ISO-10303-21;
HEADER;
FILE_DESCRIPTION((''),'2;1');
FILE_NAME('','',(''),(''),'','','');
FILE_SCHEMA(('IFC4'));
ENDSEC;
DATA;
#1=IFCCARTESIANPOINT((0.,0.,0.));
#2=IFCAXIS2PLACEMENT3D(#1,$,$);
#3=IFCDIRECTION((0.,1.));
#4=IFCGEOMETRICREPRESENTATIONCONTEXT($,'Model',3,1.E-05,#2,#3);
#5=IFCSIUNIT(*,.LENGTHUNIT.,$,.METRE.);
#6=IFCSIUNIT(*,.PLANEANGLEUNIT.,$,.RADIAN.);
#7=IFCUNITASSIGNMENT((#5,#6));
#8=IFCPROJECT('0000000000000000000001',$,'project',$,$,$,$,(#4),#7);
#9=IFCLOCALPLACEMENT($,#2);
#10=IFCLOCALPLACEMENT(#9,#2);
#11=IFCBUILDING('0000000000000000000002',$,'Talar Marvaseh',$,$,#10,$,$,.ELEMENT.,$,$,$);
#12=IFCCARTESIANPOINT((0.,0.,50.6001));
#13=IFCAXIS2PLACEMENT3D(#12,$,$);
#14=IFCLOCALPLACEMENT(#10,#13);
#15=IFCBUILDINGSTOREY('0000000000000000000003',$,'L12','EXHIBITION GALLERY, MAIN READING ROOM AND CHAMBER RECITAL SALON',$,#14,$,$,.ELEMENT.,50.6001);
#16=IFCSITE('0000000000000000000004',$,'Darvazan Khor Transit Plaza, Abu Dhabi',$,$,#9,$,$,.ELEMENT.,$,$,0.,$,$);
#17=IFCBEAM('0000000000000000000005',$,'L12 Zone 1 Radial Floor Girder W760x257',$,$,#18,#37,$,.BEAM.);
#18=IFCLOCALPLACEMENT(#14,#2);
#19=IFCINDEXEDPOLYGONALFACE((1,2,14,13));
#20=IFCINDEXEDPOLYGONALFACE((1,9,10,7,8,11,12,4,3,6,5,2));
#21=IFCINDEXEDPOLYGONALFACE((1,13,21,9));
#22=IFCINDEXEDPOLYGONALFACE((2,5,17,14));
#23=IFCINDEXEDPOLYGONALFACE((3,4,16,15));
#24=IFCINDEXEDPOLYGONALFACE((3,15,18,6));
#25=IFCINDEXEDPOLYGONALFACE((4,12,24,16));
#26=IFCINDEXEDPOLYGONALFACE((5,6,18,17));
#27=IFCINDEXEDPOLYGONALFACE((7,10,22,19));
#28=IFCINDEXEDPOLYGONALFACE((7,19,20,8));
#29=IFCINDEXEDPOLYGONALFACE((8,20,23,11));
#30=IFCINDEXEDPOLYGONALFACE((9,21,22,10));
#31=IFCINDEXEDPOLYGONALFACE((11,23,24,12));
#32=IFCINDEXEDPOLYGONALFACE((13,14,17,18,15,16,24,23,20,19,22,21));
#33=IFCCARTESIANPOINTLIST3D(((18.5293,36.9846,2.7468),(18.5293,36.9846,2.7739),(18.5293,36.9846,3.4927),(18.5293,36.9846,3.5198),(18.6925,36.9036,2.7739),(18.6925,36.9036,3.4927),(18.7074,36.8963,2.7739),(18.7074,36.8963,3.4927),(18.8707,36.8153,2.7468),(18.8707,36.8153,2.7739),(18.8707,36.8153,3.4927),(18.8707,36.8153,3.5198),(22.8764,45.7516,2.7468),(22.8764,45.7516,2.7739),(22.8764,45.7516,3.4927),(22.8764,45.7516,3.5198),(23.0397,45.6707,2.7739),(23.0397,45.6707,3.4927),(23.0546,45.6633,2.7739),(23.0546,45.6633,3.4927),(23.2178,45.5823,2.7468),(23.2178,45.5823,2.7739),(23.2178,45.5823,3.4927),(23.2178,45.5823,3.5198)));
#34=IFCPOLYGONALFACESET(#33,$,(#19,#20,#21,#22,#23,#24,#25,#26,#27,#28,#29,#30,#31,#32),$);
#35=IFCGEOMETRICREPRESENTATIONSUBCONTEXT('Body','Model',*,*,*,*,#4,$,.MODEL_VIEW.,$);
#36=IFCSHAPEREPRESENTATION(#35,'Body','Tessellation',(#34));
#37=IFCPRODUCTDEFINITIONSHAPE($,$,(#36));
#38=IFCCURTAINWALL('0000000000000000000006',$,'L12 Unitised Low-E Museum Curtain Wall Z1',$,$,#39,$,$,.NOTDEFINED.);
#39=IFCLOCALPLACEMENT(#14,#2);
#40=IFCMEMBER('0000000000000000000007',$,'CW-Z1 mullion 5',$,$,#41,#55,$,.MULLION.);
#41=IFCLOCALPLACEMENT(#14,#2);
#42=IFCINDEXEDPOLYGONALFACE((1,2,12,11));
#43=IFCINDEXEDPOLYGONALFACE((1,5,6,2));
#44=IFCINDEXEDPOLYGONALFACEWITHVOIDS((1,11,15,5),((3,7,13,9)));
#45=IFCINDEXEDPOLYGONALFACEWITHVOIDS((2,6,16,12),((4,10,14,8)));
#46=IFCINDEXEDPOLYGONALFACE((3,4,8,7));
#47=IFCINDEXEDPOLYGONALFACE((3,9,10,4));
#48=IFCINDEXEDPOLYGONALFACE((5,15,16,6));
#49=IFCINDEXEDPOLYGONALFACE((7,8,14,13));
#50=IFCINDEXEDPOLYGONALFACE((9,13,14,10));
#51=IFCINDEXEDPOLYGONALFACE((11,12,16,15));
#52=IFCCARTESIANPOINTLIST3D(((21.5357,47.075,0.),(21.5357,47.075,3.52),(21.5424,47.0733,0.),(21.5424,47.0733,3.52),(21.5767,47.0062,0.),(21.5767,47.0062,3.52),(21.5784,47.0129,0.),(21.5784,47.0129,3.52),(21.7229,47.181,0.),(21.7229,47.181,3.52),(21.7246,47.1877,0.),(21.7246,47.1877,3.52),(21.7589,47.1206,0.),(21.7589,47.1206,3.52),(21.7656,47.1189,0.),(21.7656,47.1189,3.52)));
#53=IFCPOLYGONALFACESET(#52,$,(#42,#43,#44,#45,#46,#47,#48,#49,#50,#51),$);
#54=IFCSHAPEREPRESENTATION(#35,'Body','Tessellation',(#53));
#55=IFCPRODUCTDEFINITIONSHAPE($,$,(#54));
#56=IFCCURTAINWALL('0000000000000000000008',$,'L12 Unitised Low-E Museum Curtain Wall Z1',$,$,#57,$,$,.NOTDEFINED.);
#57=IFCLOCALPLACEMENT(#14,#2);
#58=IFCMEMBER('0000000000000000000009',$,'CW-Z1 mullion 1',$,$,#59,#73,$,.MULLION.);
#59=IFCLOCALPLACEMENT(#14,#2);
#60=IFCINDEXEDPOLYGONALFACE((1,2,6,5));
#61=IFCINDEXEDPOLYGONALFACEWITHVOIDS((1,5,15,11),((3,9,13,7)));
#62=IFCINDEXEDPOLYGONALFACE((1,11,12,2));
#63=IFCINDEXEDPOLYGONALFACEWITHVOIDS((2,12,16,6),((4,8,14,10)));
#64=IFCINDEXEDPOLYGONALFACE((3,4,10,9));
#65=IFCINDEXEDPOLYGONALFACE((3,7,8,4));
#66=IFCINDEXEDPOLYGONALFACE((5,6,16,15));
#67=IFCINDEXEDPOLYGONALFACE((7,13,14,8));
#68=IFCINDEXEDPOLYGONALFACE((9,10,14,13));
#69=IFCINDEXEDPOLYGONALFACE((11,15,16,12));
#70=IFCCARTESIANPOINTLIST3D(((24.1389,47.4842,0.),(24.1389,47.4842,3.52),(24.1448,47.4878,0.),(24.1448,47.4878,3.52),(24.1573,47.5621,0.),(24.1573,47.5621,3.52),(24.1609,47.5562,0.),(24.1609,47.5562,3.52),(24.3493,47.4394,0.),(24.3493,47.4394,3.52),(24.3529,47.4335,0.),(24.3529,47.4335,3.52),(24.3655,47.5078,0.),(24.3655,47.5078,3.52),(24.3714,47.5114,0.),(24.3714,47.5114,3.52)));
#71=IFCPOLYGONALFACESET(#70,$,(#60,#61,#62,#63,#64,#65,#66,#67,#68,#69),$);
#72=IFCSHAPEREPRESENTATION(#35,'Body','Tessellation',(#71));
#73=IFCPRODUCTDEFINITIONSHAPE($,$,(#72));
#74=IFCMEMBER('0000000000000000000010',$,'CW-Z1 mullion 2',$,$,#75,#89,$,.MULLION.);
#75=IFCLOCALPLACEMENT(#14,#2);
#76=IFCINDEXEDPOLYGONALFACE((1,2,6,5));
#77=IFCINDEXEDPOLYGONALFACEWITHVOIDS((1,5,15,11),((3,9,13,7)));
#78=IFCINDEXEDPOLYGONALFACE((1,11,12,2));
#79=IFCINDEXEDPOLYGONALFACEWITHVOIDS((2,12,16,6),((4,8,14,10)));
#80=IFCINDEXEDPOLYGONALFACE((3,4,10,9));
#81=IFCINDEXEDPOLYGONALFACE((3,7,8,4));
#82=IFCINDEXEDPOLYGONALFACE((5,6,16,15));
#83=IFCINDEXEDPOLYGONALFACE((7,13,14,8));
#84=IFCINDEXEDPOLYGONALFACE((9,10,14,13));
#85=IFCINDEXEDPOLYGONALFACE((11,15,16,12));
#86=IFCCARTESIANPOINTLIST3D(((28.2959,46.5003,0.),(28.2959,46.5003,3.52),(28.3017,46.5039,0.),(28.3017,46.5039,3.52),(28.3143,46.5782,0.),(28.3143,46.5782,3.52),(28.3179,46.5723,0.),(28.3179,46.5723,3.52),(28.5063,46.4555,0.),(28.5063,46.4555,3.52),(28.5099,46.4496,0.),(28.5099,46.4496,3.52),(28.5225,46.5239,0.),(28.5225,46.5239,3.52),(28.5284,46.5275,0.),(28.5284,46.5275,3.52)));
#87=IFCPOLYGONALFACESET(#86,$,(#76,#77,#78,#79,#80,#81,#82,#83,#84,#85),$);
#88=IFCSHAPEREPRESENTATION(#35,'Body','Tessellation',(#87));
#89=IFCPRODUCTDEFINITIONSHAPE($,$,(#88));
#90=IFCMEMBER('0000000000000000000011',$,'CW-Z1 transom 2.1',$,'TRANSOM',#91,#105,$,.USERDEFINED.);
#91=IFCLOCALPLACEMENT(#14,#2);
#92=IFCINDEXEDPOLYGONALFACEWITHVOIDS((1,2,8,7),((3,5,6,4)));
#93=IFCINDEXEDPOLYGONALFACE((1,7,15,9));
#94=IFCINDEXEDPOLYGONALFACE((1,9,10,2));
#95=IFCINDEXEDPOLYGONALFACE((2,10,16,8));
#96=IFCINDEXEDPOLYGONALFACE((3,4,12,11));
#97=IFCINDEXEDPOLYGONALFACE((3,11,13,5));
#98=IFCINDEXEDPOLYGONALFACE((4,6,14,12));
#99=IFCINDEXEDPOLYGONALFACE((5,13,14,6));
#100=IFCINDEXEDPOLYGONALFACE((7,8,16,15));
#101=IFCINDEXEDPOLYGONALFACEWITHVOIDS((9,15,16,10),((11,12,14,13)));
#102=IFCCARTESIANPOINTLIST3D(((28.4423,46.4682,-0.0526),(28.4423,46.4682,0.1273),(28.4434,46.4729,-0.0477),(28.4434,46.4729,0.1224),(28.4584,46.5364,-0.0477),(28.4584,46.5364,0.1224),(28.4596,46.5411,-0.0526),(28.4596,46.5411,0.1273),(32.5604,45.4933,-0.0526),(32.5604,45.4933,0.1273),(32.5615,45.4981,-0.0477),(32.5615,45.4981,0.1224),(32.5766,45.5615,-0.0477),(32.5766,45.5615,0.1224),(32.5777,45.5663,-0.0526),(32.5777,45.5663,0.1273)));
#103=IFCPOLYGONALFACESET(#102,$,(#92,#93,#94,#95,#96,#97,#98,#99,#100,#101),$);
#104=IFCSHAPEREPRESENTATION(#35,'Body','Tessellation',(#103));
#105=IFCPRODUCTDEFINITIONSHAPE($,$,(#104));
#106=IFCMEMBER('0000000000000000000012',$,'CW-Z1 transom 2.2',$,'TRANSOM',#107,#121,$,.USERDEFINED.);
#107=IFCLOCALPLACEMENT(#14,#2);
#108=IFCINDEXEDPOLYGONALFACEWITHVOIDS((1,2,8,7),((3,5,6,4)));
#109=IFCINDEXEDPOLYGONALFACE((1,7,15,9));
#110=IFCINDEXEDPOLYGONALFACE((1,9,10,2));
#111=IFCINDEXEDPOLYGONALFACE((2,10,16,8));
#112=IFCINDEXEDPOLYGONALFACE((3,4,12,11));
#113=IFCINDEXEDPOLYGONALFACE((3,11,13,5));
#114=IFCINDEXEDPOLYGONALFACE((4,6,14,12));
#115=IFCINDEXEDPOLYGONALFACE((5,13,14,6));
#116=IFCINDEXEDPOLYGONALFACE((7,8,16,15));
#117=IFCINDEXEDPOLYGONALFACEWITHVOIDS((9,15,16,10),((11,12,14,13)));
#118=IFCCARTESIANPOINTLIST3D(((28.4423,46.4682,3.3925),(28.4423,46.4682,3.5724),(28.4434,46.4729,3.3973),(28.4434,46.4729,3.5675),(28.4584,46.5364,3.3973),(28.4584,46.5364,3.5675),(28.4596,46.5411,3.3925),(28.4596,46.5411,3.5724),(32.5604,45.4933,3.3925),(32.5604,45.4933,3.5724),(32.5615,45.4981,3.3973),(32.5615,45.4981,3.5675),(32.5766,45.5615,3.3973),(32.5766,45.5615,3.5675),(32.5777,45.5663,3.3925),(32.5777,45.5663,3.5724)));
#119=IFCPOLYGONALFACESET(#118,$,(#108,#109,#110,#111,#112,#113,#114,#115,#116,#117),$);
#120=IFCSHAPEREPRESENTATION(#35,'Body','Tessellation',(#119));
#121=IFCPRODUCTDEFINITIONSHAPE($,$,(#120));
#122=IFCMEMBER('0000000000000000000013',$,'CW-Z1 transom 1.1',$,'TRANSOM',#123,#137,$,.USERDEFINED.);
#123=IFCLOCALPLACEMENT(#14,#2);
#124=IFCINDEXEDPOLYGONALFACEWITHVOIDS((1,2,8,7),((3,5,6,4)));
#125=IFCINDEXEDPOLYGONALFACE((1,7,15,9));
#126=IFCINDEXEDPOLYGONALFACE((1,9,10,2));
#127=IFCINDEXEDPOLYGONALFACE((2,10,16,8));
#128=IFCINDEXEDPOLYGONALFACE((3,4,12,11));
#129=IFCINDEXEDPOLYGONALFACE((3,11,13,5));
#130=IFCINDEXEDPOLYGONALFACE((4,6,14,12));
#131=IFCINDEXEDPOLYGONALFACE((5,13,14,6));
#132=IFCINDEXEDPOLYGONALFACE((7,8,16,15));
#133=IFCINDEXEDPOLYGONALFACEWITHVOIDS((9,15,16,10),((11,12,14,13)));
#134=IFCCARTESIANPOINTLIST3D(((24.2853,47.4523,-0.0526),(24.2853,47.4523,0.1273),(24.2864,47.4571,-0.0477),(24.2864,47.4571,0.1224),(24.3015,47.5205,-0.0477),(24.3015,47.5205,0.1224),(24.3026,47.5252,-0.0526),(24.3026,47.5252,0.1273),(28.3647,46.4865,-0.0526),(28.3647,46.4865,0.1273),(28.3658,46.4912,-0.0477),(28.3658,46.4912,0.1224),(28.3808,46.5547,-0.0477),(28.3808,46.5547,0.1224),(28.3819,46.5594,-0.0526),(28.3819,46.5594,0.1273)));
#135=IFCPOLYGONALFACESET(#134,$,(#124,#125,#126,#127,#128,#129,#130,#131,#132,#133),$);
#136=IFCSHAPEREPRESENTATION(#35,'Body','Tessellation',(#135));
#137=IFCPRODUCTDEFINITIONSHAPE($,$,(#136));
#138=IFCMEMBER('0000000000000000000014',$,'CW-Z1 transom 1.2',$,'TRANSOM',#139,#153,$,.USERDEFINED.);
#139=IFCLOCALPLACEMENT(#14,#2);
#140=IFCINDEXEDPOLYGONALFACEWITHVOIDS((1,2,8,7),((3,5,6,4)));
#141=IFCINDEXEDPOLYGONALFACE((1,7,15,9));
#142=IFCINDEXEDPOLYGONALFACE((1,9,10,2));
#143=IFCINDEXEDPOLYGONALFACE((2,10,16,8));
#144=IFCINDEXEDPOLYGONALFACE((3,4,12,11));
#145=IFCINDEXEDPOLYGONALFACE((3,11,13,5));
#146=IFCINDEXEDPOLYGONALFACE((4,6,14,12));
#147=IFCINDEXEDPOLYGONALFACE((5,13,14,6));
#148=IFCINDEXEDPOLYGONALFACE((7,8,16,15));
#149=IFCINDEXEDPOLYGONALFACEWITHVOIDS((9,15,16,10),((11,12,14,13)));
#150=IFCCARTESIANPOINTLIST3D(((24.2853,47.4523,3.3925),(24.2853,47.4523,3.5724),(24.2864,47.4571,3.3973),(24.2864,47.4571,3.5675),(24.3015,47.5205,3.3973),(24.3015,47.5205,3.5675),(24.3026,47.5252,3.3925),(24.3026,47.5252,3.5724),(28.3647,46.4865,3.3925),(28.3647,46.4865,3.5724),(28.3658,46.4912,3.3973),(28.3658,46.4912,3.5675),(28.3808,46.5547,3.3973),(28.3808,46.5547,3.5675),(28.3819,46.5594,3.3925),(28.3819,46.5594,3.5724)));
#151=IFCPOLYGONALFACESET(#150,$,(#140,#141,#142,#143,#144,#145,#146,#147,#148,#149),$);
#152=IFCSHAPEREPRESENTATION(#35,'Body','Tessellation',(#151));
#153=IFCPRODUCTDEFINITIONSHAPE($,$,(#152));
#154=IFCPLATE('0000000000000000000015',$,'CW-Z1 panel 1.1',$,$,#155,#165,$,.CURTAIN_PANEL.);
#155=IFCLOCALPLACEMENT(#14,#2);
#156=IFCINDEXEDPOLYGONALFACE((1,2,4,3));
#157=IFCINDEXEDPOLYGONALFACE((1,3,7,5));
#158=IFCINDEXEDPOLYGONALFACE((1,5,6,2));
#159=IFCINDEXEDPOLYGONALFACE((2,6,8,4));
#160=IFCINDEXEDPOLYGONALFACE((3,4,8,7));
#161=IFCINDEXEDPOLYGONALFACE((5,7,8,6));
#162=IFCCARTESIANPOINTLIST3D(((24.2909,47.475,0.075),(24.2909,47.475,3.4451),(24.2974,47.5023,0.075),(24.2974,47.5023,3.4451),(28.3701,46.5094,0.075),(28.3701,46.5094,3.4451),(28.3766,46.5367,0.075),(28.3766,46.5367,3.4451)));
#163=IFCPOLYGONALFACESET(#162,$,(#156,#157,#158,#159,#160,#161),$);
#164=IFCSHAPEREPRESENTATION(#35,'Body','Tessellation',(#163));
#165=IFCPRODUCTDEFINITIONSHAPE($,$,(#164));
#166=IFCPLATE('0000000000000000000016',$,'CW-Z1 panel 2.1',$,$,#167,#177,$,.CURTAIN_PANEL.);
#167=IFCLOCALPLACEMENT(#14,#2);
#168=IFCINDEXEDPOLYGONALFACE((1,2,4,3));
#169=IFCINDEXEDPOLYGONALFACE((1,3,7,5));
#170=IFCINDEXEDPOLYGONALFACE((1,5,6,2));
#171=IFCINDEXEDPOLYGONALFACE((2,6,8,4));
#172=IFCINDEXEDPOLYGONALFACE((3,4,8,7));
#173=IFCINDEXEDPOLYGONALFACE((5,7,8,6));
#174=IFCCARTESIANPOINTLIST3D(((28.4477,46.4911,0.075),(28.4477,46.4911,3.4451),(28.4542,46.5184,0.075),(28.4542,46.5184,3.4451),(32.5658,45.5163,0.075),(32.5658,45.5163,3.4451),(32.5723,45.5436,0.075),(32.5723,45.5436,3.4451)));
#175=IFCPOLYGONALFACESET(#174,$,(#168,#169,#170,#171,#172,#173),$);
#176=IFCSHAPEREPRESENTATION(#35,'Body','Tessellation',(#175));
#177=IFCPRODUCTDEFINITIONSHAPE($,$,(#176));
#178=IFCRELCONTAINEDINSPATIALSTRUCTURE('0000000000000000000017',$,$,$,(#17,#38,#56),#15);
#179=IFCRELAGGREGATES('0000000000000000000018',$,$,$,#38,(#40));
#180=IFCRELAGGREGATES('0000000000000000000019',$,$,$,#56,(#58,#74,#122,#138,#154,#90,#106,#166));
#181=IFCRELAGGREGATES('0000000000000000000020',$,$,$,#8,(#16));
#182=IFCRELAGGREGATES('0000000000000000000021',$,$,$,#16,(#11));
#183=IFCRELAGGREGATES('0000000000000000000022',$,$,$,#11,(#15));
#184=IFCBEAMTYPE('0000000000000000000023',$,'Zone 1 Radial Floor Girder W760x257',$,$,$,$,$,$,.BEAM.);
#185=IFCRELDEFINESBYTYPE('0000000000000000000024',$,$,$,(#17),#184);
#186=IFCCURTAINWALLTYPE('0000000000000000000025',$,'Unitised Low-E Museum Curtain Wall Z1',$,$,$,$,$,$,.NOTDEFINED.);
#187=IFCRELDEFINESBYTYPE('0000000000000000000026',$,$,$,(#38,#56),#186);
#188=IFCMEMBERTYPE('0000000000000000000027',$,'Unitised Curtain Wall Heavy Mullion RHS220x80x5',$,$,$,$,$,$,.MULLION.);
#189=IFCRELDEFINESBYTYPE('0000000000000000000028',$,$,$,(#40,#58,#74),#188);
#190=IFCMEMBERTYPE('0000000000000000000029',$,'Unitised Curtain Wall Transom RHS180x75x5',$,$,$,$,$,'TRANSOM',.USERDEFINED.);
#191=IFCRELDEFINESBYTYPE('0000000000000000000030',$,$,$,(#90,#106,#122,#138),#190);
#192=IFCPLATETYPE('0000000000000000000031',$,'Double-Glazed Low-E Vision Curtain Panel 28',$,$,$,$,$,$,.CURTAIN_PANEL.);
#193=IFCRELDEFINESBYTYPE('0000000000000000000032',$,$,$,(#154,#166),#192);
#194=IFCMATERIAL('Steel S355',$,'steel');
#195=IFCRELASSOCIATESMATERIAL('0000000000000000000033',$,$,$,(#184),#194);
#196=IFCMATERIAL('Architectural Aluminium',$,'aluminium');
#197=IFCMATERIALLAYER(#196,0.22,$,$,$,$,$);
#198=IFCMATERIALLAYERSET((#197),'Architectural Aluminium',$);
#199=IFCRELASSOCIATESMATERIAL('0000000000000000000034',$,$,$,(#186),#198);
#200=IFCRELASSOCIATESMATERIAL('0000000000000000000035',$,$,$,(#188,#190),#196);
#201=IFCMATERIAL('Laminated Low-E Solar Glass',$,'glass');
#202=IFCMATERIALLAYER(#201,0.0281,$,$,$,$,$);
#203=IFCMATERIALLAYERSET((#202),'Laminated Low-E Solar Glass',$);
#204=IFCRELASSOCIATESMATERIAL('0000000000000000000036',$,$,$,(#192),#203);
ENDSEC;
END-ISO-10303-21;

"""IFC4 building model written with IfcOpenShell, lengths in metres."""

from ifc_helpers import new_model, si_unit, direction, frame, origin, origin_2d, place, context, subcontext, project, spatial, rectangle, hollow_rectangle, i_section, extrude, source, transform, mapped, material, layer, layer_set, material_profile, profile_set, type_object, type_shapes, element, aggregate, save


model = new_model("IFC4")

# Units and contexts
model_context = context("Model", 3, precision=1e-05, world=origin(), true_north=direction((0.0, 1.0)))
body_context = subcontext(model_context, "Body", "Model", "MODEL_VIEW")
ifc_project = project(units=[si_unit("LENGTHUNIT", "METRE"), si_unit("PLANEANGLEUNIT", "RADIAN")], contexts=[model_context])

# Site, building, storey
site_placement = place(None, origin())
site = spatial("IfcSite", under=ifc_project, at=site_placement, Name="Darvazan Khor Transit Plaza, Abu Dhabi", CompositionType="ELEMENT", RefElevation=0.0)
building_placement = place(site_placement, origin())
building = spatial("IfcBuilding", under=site, at=building_placement, Name="Talar Marvaseh", CompositionType="ELEMENT")
storey_placement = place(building_placement, frame((0.0, 0.0, 50.6001)))
storey = spatial("IfcBuildingStorey", under=building, at=storey_placement, Name="L12", Description="EXHIBITION GALLERY, MAIN READING ROOM AND CHAMBER RECITAL SALON", CompositionType="ELEMENT", Elevation=50.6001)

# Beam
ifc_material_1 = material(Name="Steel S355", Category="steel")
ifc_material_profile_1 = material_profile(ifc_material_1, i_section(OverallWidth=0.3811, OverallDepth=0.7729, WebThickness=0.0166, FlangeThickness=0.0271, at=origin_2d()), Name="W760x257")
ifc_profile_set_1 = profile_set([ifc_material_profile_1], Name="Steel S355")
beam_type = type_object("IfcBeamType", Name="Zone 1 Radial Floor Girder W760x257", PredefinedType="BEAM", material=ifc_profile_set_1)
beam_placement = place(storey_placement, frame((23.0471, 45.667, 3.1333), z_axis=(-0.444237, -0.895909, 0.0), x_axis=(0.895909, -0.444237, 0.0)))
element("IfcBeam", 1, at=beam_placement, inside=storey, type_object=beam_type, Name="L12 Zone 1 Radial Floor Girder W760x257", PredefinedType="BEAM", context=body_context, shape_type="SweptSolid", body=[
    extrude(i_section(OverallWidth=0.3811, OverallDepth=0.7729, WebThickness=0.0166, FlangeThickness=0.0271, at=origin_2d()), origin(), (0.0, 0.0, 1.0), 9.7856),
])

# Curtain wall, member
ifc_material_2 = material(Name="Architectural Aluminium", Category="aluminium")
ifc_layer_1 = layer(ifc_material_2, 0.22)
ifc_layer_set_1 = layer_set([ifc_layer_1], Name="Architectural Aluminium")
curtain_wall_type = type_object("IfcCurtainWallType", Name="Unitised Low-E Museum Curtain Wall Z1", PredefinedType="NOTDEFINED", material=ifc_layer_set_1)
curtain_wall_1_placement = place(storey_placement, origin())
curtain_wall_1 = element("IfcCurtainWall", 2, at=curtain_wall_1_placement, inside=storey, type_object=curtain_wall_type, Name="L12 Unitised Low-E Museum Curtain Wall Z1", PredefinedType="NOTDEFINED")
ifc_material_profile_2 = material_profile(ifc_material_2, hollow_rectangle(XDim=0.0801, YDim=0.22, WallThickness=0.0049, at=origin_2d()), Name="RHS220x80x5")
ifc_profile_set_2 = profile_set([ifc_material_profile_2], Name="Architectural Aluminium")
member_type_1 = type_object("IfcMemberType", Name="Unitised Curtain Wall Heavy Mullion RHS220x80x5", PredefinedType="MULLION", material=ifc_profile_set_2)
shared_shape_1 = source(origin(), body_context, "Body", "SweptSolid", [
    extrude(hollow_rectangle(XDim=0.0801, YDim=0.22, WallThickness=0.0049, at=origin_2d()), origin(), (0.0, 0.0, 1.0), 3.52),
])
type_shapes(member_type_1, [shared_shape_1])
member_1_placement = place(storey_placement, frame((21.6506, 47.0969, 0.0), z_axis=(0.0, 0.0, 1.0), x_axis=(-0.51231, 0.8588, 0.0)))
member_1 = element("IfcMember", 3, at=member_1_placement, type_object=member_type_1, Name="CW-Z1 mullion 5", PredefinedType="MULLION", context=body_context, shape_type="MappedRepresentation", body=[
    mapped(shared_shape_1, transform((0.0, 0.0, 0.0), x_axis=(1.0, 0.0, 0.0), y_axis=(0.0, 1.0, 0.0), z_axis=(0.0, 0.0, 1.0), scale=1.0)),
])
aggregate(curtain_wall_1, [member_1])

# Curtain wall, members, plates
curtain_wall_2_placement = place(storey_placement, origin())
curtain_wall_2 = element("IfcCurtainWall", 4, at=curtain_wall_2_placement, inside=storey, type_object=curtain_wall_type, Name="L12 Unitised Low-E Museum Curtain Wall Z1", PredefinedType="NOTDEFINED")
member_2_placement = place(storey_placement, frame((24.2551, 47.4978, 0.0), z_axis=(0.0, 0.0, 1.0), x_axis=(0.230352, 0.973107, 0.0)))
member_2 = element("IfcMember", 5, at=member_2_placement, type_object=member_type_1, Name="CW-Z1 mullion 1", PredefinedType="MULLION", context=body_context, shape_type="MappedRepresentation", body=[
    mapped(shared_shape_1, transform((0.0, 0.0, 0.0), x_axis=(1.0, 0.0, 0.0), y_axis=(0.0, 1.0, 0.0), z_axis=(0.0, 0.0, 1.0), scale=1.0)),
])
member_3_placement = place(storey_placement, frame((28.4121, 46.5139, 0.0), z_axis=(0.0, 0.0, 1.0), x_axis=(0.230352, 0.973107, 0.0)))
member_3 = element("IfcMember", 6, at=member_3_placement, type_object=member_type_1, Name="CW-Z1 mullion 2", PredefinedType="MULLION", context=body_context, shape_type="MappedRepresentation", body=[
    mapped(shared_shape_1, transform((0.0, 0.0, 0.0), x_axis=(1.0, 0.0, 0.0), y_axis=(0.0, 1.0, 0.0), z_axis=(0.0, 0.0, 1.0), scale=1.0)),
])
ifc_material_profile_3 = material_profile(ifc_material_2, hollow_rectangle(XDim=0.075, YDim=0.1799, WallThickness=0.0049, at=origin_2d()), Name="RHS180x75x5")
ifc_profile_set_3 = profile_set([ifc_material_profile_3], Name="Architectural Aluminium")
member_type_2 = type_object("IfcMemberType", Name="Unitised Curtain Wall Transom RHS180x75x5", ElementType="TRANSOM", PredefinedType="USERDEFINED", material=ifc_profile_set_3)
shared_shape_2 = source(origin(), body_context, "Body", "SweptSolid", [
    extrude(hollow_rectangle(XDim=0.075, YDim=0.1799, WallThickness=0.0049, at=origin_2d()), origin(), (0.0, 0.0, 1.0), 4.2319),
])
member_4_placement = place(storey_placement, frame((28.4509, 46.5046, 0.0374), z_axis=(0.973107, -0.230354, 0.0), x_axis=(0.230354, 0.973107, 0.0)))
member_4 = element("IfcMember", 7, at=member_4_placement, type_object=member_type_2, Name="CW-Z1 transom 2.1", ObjectType="TRANSOM", PredefinedType="USERDEFINED", context=body_context, shape_type="MappedRepresentation", body=[
    mapped(shared_shape_2, transform((0.0, 0.0, 0.0), x_axis=(1.0, 0.0, 0.0), y_axis=(0.0, 1.0, 0.0), z_axis=(0.0, 0.0, 1.0), scale=1.0)),
])
member_5_placement = place(storey_placement, frame((28.4509, 46.5046, 3.4824), z_axis=(0.973107, -0.230354, 0.0), x_axis=(0.230354, 0.973107, 0.0)))
member_5 = element("IfcMember", 8, at=member_5_placement, type_object=member_type_2, Name="CW-Z1 transom 2.2", ObjectType="TRANSOM", PredefinedType="USERDEFINED", context=body_context, shape_type="MappedRepresentation", body=[
    mapped(shared_shape_2, transform((0.0, 0.0, 0.0), x_axis=(1.0, 0.0, 0.0), y_axis=(0.0, 1.0, 0.0), z_axis=(0.0, 0.0, 1.0), scale=1.0)),
])
shared_shape_3 = source(origin(), body_context, "Body", "SweptSolid", [
    extrude(hollow_rectangle(XDim=0.075, YDim=0.1799, WallThickness=0.0049, at=origin_2d()), origin(), (0.0, 0.0, 1.0), 4.1921),
])
type_shapes(member_type_2, [shared_shape_2, shared_shape_3])
member_6_placement = place(storey_placement, frame((24.2939, 47.4888, 0.0374), z_axis=(0.973099, -0.230389, 0.0), x_axis=(0.230389, 0.973099, 0.0)))
member_6 = element("IfcMember", 9, at=member_6_placement, type_object=member_type_2, Name="CW-Z1 transom 1.1", ObjectType="TRANSOM", PredefinedType="USERDEFINED", context=body_context, shape_type="MappedRepresentation", body=[
    mapped(shared_shape_3, transform((0.0, 0.0, 0.0), x_axis=(1.0, 0.0, 0.0), y_axis=(0.0, 1.0, 0.0), z_axis=(0.0, 0.0, 1.0), scale=1.0)),
])
member_7_placement = place(storey_placement, frame((24.2939, 47.4888, 3.4824), z_axis=(0.973099, -0.230389, 0.0), x_axis=(0.230389, 0.973099, 0.0)))
member_7 = element("IfcMember", 10, at=member_7_placement, type_object=member_type_2, Name="CW-Z1 transom 1.2", ObjectType="TRANSOM", PredefinedType="USERDEFINED", context=body_context, shape_type="MappedRepresentation", body=[
    mapped(shared_shape_3, transform((0.0, 0.0, 0.0), x_axis=(1.0, 0.0, 0.0), y_axis=(0.0, 1.0, 0.0), z_axis=(0.0, 0.0, 1.0), scale=1.0)),
])
ifc_material_3 = material(Name="Laminated Low-E Solar Glass", Category="glass")
ifc_layer_2 = layer(ifc_material_3, 0.0281)
ifc_layer_set_2 = layer_set([ifc_layer_2], Name="Laminated Low-E Solar Glass")
plate_type = type_object("IfcPlateType", Name="Double-Glazed Low-E Vision Curtain Panel 28", PredefinedType="CURTAIN_PANEL", material=ifc_layer_set_2)
shared_shape_4 = source(origin(), body_context, "Body", "SweptSolid", [
    extrude(rectangle(XDim=4.1919, YDim=0.0281, at=origin_2d()), origin(), (0.0, 0.0, 1.0), 3.3701),
])
plate_1_placement = place(storey_placement, frame((26.3337, 47.0059, 0.075), z_axis=(0.0, 0.0, 1.0), x_axis=(0.973107, -0.230352, 0.0)))
plate_1 = element("IfcPlate", 11, at=plate_1_placement, type_object=plate_type, Name="CW-Z1 panel 1.1", PredefinedType="CURTAIN_PANEL", context=body_context, shape_type="MappedRepresentation", body=[
    mapped(shared_shape_4, transform((0.0, 0.0, 0.0), x_axis=(1.0, 0.0, 0.0), y_axis=(0.0, 1.0, 0.0), z_axis=(0.0, 0.0, 1.0), scale=1.0)),
])
shared_shape_5 = source(origin(), body_context, "Body", "SweptSolid", [
    extrude(rectangle(XDim=4.2319, YDim=0.0281, at=origin_2d()), origin(), (0.0, 0.0, 1.0), 3.3701),
])
type_shapes(plate_type, [shared_shape_4, shared_shape_5])
plate_2_placement = place(storey_placement, frame((30.51, 46.0173, 0.075), z_axis=(0.0, 0.0, 1.0), x_axis=(0.973107, -0.230352, 0.0)))
plate_2 = element("IfcPlate", 12, at=plate_2_placement, type_object=plate_type, Name="CW-Z1 panel 2.1", PredefinedType="CURTAIN_PANEL", context=body_context, shape_type="MappedRepresentation", body=[
    mapped(shared_shape_5, transform((0.0, 0.0, 0.0), x_axis=(1.0, 0.0, 0.0), y_axis=(0.0, 1.0, 0.0), z_axis=(0.0, 0.0, 1.0), scale=1.0)),
])
aggregate(curtain_wall_2, [member_2, member_3, member_6, member_7, plate_1, member_4, member_5, plate_2])

save(model, "model.ifc")
